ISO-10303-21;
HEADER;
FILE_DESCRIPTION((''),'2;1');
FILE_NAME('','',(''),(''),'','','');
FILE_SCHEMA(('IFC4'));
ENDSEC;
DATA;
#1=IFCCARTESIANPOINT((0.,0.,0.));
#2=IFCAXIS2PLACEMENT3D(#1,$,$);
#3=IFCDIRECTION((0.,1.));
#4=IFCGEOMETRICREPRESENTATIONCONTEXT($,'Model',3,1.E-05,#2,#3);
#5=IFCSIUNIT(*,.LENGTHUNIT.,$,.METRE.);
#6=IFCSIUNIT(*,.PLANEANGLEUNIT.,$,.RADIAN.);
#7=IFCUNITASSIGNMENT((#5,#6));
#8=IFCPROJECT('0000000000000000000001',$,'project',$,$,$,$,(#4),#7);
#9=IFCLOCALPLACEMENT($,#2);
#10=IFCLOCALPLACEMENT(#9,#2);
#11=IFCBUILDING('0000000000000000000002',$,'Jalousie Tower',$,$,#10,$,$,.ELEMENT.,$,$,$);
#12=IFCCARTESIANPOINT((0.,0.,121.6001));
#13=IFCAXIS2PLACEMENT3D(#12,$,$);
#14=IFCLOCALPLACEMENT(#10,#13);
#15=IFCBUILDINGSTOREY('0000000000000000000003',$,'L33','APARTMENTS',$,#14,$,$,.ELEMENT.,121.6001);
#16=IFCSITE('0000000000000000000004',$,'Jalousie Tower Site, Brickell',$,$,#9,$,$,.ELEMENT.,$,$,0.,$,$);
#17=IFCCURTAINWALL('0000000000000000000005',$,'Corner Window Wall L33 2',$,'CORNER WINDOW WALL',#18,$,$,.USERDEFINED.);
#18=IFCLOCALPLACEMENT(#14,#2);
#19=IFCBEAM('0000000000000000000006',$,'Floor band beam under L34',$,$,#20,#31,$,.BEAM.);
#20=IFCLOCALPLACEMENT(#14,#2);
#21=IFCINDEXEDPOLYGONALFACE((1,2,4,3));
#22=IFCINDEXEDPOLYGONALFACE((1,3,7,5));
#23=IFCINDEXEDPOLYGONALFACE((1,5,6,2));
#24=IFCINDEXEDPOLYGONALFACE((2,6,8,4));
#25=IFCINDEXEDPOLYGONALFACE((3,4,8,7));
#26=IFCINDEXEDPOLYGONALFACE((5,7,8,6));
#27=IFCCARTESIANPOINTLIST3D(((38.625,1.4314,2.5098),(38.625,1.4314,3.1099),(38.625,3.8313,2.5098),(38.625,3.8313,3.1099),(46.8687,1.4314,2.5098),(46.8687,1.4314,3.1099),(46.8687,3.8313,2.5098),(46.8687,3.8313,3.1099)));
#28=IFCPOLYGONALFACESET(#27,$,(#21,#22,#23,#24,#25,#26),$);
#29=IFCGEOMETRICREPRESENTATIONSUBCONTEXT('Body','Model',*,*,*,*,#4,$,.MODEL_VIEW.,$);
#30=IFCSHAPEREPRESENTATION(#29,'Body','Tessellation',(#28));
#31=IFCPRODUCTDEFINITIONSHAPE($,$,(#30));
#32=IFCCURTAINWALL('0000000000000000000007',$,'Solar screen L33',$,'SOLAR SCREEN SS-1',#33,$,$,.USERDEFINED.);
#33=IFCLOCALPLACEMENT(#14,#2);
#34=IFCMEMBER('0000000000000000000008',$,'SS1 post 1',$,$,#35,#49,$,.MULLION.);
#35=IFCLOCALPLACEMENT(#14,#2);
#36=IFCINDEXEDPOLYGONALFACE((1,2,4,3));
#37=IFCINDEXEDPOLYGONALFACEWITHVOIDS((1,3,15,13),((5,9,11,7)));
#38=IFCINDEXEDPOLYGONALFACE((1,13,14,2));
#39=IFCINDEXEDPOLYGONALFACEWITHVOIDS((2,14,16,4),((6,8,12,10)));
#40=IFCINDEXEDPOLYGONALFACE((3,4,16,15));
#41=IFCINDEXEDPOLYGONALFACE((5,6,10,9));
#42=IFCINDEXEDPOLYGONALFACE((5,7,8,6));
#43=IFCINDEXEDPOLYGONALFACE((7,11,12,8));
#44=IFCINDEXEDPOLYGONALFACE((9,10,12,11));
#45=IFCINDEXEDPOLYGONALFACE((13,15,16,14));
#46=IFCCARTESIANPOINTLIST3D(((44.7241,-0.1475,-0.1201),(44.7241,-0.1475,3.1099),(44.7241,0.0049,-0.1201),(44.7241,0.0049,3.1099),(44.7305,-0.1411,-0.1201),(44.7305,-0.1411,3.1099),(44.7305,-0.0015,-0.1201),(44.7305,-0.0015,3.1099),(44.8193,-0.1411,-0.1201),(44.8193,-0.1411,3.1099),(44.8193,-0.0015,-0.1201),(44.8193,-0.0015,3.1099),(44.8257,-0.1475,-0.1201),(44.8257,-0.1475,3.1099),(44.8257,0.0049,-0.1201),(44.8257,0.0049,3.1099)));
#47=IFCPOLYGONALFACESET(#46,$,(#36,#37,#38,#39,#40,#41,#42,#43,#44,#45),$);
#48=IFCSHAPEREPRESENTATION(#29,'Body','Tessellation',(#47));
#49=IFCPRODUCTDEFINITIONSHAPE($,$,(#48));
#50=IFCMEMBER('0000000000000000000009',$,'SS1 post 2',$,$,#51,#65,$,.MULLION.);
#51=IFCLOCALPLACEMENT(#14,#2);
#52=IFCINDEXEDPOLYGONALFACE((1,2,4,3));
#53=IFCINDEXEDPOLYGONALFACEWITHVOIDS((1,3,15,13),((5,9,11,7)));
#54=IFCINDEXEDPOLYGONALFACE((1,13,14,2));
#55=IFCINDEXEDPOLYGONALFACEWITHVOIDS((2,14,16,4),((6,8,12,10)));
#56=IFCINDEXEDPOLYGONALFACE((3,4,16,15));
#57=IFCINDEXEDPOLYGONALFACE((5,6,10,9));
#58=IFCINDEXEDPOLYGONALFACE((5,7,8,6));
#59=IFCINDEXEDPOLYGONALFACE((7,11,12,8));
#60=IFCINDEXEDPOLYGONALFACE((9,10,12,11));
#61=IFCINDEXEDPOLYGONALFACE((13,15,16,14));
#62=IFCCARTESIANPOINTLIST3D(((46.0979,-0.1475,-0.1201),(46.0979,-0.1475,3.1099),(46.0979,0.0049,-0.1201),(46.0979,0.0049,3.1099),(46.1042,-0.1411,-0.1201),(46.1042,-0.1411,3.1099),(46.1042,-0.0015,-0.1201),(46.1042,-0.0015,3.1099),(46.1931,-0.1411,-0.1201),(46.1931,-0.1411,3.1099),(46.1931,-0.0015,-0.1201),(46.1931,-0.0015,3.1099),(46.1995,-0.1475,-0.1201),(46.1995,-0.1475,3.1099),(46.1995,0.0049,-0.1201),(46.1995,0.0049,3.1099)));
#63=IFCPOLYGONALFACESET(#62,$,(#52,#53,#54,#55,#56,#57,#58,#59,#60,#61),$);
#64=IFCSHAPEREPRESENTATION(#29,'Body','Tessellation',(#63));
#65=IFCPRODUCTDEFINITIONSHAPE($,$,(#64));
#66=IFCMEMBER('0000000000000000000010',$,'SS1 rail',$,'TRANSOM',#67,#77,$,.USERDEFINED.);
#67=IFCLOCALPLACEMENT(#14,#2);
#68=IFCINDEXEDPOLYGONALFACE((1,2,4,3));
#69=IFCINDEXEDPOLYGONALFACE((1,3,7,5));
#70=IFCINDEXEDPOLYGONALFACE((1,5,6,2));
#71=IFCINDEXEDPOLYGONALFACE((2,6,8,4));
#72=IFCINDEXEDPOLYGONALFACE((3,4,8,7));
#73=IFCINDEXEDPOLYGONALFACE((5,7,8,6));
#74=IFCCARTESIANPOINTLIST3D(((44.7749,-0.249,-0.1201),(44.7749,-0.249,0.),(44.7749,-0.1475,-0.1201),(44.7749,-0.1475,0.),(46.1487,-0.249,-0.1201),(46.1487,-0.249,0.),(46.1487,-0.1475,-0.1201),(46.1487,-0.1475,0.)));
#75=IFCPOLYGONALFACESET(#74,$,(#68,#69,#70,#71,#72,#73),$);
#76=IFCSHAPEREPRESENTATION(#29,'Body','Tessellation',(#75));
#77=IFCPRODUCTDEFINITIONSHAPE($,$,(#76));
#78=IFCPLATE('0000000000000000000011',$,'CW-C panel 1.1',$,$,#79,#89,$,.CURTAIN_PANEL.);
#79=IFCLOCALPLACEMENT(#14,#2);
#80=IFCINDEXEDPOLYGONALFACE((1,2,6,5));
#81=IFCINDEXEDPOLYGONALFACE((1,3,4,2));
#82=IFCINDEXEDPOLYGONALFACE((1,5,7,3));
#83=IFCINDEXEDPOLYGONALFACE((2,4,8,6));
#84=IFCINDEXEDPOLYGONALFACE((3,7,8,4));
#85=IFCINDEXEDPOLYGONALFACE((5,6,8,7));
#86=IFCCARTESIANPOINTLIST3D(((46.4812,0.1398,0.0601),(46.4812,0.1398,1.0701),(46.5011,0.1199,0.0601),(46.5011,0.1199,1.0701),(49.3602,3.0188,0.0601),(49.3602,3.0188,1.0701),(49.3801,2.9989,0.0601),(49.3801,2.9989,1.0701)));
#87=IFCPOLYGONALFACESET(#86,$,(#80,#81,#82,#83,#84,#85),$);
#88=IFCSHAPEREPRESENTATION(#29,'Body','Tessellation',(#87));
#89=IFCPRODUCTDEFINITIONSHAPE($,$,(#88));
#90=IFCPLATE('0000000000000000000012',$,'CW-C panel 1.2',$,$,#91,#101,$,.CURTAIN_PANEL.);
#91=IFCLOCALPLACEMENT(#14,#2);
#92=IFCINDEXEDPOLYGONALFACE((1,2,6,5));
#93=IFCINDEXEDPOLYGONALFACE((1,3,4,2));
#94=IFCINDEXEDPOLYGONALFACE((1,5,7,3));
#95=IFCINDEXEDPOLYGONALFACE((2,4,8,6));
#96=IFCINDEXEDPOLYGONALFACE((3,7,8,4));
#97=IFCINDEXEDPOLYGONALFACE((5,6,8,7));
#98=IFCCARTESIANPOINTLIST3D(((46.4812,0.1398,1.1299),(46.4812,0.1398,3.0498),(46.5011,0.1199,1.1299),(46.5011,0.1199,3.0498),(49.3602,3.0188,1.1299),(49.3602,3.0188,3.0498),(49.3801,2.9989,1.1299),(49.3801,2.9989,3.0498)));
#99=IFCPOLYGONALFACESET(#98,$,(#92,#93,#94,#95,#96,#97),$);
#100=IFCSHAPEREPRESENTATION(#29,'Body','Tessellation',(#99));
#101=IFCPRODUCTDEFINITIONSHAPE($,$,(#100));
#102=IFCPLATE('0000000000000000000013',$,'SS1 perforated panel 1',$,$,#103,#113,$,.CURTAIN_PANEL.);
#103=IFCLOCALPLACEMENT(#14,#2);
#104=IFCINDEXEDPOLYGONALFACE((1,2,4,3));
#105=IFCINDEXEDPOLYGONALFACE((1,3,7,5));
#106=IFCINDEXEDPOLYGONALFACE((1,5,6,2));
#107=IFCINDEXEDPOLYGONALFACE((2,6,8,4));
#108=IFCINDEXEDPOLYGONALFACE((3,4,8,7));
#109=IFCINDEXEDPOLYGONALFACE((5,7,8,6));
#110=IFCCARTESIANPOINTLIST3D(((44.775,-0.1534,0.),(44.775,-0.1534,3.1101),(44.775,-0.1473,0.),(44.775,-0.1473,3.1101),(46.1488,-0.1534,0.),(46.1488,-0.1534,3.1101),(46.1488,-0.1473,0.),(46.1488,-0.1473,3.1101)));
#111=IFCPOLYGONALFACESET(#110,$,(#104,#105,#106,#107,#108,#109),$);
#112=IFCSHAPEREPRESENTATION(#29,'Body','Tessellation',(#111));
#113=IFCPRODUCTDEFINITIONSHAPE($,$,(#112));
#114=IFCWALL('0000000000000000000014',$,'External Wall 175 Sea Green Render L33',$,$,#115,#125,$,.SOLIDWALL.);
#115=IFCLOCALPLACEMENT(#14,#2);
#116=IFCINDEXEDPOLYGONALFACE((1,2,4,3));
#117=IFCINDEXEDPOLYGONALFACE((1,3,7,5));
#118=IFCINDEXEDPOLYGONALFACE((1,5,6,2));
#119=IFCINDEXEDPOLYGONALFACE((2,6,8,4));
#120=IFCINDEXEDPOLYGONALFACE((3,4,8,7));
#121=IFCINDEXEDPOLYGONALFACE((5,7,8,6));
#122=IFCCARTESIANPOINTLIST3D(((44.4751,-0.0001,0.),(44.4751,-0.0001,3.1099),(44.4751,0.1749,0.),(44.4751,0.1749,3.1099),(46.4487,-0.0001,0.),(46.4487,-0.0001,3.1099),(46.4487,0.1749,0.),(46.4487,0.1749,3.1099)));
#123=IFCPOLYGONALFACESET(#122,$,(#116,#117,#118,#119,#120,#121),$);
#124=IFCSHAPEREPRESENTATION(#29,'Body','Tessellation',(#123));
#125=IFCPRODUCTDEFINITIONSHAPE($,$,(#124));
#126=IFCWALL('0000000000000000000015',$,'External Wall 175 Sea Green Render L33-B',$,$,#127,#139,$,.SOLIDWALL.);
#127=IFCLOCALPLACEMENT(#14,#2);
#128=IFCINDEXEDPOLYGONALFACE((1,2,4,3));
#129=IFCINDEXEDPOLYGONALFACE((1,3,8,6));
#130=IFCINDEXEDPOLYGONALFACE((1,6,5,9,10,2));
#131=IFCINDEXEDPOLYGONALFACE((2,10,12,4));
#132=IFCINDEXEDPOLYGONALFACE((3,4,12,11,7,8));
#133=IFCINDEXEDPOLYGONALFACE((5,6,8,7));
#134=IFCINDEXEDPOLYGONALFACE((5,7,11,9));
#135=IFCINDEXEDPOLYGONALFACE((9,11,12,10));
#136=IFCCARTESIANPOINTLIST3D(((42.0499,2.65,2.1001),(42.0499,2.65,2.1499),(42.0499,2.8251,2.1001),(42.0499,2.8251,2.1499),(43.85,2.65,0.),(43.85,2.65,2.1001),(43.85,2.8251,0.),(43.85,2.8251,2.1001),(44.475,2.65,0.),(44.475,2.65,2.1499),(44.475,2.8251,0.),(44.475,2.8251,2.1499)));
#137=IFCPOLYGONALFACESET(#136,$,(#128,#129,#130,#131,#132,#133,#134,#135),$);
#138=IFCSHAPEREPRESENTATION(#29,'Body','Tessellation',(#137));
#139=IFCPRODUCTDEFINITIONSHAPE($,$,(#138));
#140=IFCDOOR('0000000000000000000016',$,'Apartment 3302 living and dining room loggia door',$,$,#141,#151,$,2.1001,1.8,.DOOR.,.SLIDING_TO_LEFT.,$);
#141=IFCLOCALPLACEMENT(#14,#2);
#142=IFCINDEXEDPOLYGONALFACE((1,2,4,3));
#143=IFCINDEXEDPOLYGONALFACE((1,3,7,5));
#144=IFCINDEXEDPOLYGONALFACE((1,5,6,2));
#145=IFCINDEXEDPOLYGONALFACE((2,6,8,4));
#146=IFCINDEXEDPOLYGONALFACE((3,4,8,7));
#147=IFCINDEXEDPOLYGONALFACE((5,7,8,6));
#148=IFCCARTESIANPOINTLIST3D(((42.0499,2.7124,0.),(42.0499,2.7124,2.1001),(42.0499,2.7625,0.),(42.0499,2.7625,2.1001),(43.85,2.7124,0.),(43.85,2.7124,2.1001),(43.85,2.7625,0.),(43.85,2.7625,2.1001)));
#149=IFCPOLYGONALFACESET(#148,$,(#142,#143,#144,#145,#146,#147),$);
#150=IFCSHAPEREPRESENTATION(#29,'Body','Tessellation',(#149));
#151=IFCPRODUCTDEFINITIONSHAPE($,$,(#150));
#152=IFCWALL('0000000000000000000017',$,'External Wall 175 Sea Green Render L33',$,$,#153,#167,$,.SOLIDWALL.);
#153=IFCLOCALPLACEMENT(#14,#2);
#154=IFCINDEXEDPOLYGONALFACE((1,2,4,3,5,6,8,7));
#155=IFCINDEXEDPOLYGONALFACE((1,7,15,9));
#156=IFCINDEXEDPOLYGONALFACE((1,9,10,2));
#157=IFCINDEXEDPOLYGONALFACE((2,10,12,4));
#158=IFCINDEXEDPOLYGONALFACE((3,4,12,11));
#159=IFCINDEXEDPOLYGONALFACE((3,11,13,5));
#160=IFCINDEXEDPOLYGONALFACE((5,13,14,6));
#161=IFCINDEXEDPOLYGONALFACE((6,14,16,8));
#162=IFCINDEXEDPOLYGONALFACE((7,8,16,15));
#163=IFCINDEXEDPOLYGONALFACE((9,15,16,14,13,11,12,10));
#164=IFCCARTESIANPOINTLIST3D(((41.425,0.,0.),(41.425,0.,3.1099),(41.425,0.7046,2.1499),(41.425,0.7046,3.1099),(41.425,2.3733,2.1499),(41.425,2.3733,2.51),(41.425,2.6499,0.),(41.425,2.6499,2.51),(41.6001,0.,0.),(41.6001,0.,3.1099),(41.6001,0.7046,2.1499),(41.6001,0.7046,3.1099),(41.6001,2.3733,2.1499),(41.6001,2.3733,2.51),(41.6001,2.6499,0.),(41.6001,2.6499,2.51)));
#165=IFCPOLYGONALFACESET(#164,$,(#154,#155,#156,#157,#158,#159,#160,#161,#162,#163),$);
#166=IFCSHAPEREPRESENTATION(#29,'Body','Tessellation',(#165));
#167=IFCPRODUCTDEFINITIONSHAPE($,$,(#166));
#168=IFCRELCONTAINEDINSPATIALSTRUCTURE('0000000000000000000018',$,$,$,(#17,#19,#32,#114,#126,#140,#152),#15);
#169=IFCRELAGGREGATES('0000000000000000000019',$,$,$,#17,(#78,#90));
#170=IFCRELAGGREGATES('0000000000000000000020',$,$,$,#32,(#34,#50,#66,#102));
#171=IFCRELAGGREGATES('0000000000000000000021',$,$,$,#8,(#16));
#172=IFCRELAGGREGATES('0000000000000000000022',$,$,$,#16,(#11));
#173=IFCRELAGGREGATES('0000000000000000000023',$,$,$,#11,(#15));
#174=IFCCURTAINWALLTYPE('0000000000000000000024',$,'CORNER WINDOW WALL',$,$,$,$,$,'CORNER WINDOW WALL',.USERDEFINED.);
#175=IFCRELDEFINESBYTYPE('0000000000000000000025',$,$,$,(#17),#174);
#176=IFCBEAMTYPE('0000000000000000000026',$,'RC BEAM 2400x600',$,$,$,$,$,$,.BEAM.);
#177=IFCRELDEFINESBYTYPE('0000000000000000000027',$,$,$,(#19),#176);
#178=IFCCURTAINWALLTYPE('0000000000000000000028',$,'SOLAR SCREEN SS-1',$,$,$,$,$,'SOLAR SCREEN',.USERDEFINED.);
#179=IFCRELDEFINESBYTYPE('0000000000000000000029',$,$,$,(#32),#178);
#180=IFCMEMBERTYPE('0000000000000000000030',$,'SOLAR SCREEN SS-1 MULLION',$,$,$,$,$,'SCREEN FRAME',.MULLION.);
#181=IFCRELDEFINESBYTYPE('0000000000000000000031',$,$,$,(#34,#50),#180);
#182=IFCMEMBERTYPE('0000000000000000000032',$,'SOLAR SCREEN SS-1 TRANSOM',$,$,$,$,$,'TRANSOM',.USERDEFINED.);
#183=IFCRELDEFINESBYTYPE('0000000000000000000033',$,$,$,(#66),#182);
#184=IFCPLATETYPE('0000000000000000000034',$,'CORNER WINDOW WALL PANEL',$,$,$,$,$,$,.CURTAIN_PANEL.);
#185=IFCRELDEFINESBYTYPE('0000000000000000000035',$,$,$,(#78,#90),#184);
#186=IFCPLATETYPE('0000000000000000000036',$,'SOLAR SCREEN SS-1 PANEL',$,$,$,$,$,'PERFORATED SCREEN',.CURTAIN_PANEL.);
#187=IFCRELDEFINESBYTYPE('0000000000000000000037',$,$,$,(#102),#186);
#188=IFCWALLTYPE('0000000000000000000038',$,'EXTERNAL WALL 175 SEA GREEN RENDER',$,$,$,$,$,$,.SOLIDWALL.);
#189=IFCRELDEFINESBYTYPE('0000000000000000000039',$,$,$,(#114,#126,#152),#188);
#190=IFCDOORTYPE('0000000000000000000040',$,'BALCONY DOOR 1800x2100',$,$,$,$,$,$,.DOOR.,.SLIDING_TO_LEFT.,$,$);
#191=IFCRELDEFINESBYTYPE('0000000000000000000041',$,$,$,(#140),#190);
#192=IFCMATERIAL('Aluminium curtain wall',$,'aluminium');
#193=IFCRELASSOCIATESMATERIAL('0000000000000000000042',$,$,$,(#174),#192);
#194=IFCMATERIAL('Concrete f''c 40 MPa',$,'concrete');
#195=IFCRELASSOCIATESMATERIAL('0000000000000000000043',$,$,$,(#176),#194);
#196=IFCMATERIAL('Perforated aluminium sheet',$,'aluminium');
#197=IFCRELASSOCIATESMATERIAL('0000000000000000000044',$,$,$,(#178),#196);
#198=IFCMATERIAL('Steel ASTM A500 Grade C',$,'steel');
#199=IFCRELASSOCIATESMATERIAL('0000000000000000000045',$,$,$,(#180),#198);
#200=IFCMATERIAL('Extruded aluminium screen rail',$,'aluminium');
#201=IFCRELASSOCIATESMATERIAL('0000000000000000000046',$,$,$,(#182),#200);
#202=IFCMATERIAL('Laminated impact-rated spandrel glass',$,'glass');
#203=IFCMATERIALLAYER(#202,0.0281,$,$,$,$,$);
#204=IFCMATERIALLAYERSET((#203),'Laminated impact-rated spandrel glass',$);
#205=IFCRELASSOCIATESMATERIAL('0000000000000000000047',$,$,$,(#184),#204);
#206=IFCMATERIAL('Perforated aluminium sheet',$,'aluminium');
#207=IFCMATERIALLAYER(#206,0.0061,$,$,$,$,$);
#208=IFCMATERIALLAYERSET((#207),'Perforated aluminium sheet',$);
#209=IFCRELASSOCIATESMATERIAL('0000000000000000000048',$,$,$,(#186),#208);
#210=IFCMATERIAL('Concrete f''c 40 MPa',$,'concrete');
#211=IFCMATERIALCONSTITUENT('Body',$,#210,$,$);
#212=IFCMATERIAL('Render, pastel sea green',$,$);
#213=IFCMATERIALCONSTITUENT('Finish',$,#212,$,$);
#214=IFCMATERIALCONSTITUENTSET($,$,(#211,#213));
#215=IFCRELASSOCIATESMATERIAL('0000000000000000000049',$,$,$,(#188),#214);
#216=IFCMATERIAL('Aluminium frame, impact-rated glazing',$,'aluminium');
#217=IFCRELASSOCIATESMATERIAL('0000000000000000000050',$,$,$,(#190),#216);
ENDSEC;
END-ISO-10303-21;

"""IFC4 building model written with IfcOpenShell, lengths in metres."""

from ifc_helpers import new_model, si_unit, direction, frame, frame_2d, origin, origin_2d, place, context, subcontext, project, spatial, polyline, rectangle, hollow_rectangle, outline, extrude, material, layer, layer_set, constituent, constituent_set, material_profile, profile_set, type_object, element, fill, aggregate, save


model = new_model("IFC4")

# Units and contexts
model_context = context("Model", 3, precision=1e-05, world=origin(), true_north=direction((0.0, 1.0)))
body_context = subcontext(model_context, "Body", "Model", "MODEL_VIEW")
ifc_project = project(units=[si_unit("LENGTHUNIT", "METRE"), si_unit("PLANEANGLEUNIT", "RADIAN")], contexts=[model_context])

# Site, building, storey
site_placement = place(None, origin())
site = spatial("IfcSite", under=ifc_project, at=site_placement, Name="Jalousie Tower Site, Brickell", CompositionType="ELEMENT", RefElevation=0.0)
building_placement = place(site_placement, origin())
building = spatial("IfcBuilding", under=site, at=building_placement, Name="Jalousie Tower", CompositionType="ELEMENT")
storey_placement = place(building_placement, frame((0.0, 0.0, 121.6001)))
storey = spatial("IfcBuildingStorey", under=building, at=storey_placement, Name="L33", Description="APARTMENTS", CompositionType="ELEMENT", Elevation=121.6001)

# Curtain wall
ifc_material_1 = material(Name="Aluminium curtain wall", Category="aluminium")
curtain_wall_type_1 = type_object("IfcCurtainWallType", Name="CORNER WINDOW WALL", ElementType="CORNER WINDOW WALL", PredefinedType="USERDEFINED", material=ifc_material_1)
curtain_wall_1_placement = place(storey_placement, origin())
curtain_wall_1 = element("IfcCurtainWall", 1, at=curtain_wall_1_placement, inside=storey, type_object=curtain_wall_type_1, Name="Corner Window Wall L33 2", ObjectType="CORNER WINDOW WALL", PredefinedType="USERDEFINED")

# Beam
ifc_material_2 = material(Name="Concrete f'c 40 MPa", Category="concrete")
ifc_material_profile_1 = material_profile(ifc_material_2, rectangle(XDim=2.3999, YDim=0.6001, at=origin_2d()), Name="RC 2400x600")
ifc_profile_set_1 = profile_set([ifc_material_profile_1], Name="Concrete f'c 40 MPa")
beam_type_1 = type_object("IfcBeamType", Name="RC BEAM 2400x600", PredefinedType="BEAM", material=ifc_profile_set_1)
beam_1_placement = place(storey_placement, frame((46.8687, 2.6313, 2.8098), z_axis=(-1.0, 0.0, 0.0), x_axis=(0.0, -1.0, 0.0)))
element("IfcBeam", 2, at=beam_1_placement, inside=storey, type_object=beam_type_1, Name="Floor band beam under L34", PredefinedType="BEAM", context=body_context, shape_type="SweptSolid", body=[
    extrude(rectangle(XDim=2.3999, YDim=0.6001, at=origin_2d()), origin(), (0.0, 0.0, 1.0), 8.2437),
])

# Curtain wall, members
ifc_material_3 = material(Name="Perforated aluminium sheet", Category="aluminium")
curtain_wall_type_2 = type_object("IfcCurtainWallType", Name="SOLAR SCREEN SS-1", ElementType="SOLAR SCREEN", PredefinedType="USERDEFINED", material=ifc_material_3)
curtain_wall_2_placement = place(storey_placement, origin())
curtain_wall_2 = element("IfcCurtainWall", 3, at=curtain_wall_2_placement, inside=storey, type_object=curtain_wall_type_2, Name="Solar screen L33", ObjectType="SOLAR SCREEN SS-1", PredefinedType="USERDEFINED")
ifc_material_4 = material(Name="Steel ASTM A500 Grade C", Category="steel")
ifc_material_profile_2 = material_profile(ifc_material_4, hollow_rectangle(XDim=0.1016, YDim=0.1523, WallThickness=0.0063, at=origin_2d()), Name="HSS6X4X1/4")
ifc_profile_set_2 = profile_set([ifc_material_profile_2], Name="Steel ASTM A500 Grade C")
member_type_1 = type_object("IfcMemberType", Name="SOLAR SCREEN SS-1 MULLION", ElementType="SCREEN FRAME", PredefinedType="MULLION", material=ifc_profile_set_2)
member_1_placement = place(storey_placement, frame((44.7749, -0.0713, -0.1201), z_axis=(0.0, 0.0, 1.0), x_axis=(1.0, 0.0, 0.0)))
member_1 = element("IfcMember", 4, at=member_1_placement, type_object=member_type_1, Name="SS1 post 1", PredefinedType="MULLION", context=body_context, shape_type="SweptSolid", body=[
    extrude(hollow_rectangle(XDim=0.1016, YDim=0.1523, WallThickness=0.0063, at=origin_2d()), origin(), (0.0, 0.0, 1.0), 3.23),
])
member_2_placement = place(storey_placement, frame((46.1487, -0.0713, -0.1201), z_axis=(0.0, 0.0, 1.0), x_axis=(1.0, 0.0, 0.0)))
member_2 = element("IfcMember", 5, at=member_2_placement, type_object=member_type_1, Name="SS1 post 2", PredefinedType="MULLION", context=body_context, shape_type="SweptSolid", body=[
    extrude(hollow_rectangle(XDim=0.1016, YDim=0.1523, WallThickness=0.0063, at=origin_2d()), origin(), (0.0, 0.0, 1.0), 3.23),
])
ifc_material_5 = material(Name="Extruded aluminium screen rail", Category="aluminium")
ifc_material_profile_3 = material_profile(ifc_material_5, rectangle(XDim=0.1016, YDim=0.1201, at=origin_2d()), Name="RAIL 102x120")
ifc_profile_set_3 = profile_set([ifc_material_profile_3], Name="Extruded aluminium screen rail")
member_type_2 = type_object("IfcMemberType", Name="SOLAR SCREEN SS-1 TRANSOM", ElementType="TRANSOM", PredefinedType="USERDEFINED", material=ifc_profile_set_3)
member_3_placement = place(storey_placement, frame((44.7749, -0.1982, -0.0601), z_axis=(1.0, 0.0, 0.0), x_axis=(0.0, 1.0, 0.0)))
member_3 = element("IfcMember", 6, at=member_3_placement, type_object=member_type_2, Name="SS1 rail", ObjectType="TRANSOM", PredefinedType="USERDEFINED", context=body_context, shape_type="SweptSolid", body=[
    extrude(rectangle(XDim=0.1016, YDim=0.1201, at=origin_2d()), origin(), (0.0, 0.0, 1.0), 1.3738),
])

# Plates
ifc_material_6 = material(Name="Laminated impact-rated spandrel glass", Category="glass")
ifc_layer_1 = layer(ifc_material_6, 0.0281)
ifc_layer_set_1 = layer_set([ifc_layer_1], Name="Laminated impact-rated spandrel glass")
plate_type_1 = type_object("IfcPlateType", Name="CORNER WINDOW WALL PANEL", PredefinedType="CURTAIN_PANEL", material=ifc_layer_set_1)
plate_1_placement = place(storey_placement, frame((47.9307, 1.5693, 0.0601), z_axis=(0.0, 0.0, 1.0), x_axis=(0.707107, 0.707107, 0.0)))
plate_1 = element("IfcPlate", 7, at=plate_1_placement, type_object=plate_type_1, Name="CW-C panel 1.1", PredefinedType="CURTAIN_PANEL", context=body_context, shape_type="SweptSolid", body=[
    extrude(rectangle(XDim=4.0715, YDim=0.0281, at=origin_2d()), origin(), (0.0, 0.0, 1.0), 1.01),
])
plate_2_placement = place(storey_placement, frame((47.9307, 1.5693, 1.1299), z_axis=(0.0, 0.0, 1.0), x_axis=(0.707107, 0.707107, 0.0)))
plate_2 = element("IfcPlate", 8, at=plate_2_placement, type_object=plate_type_1, Name="CW-C panel 1.2", PredefinedType="CURTAIN_PANEL", context=body_context, shape_type="SweptSolid", body=[
    extrude(rectangle(XDim=4.0715, YDim=0.0281, at=origin_2d()), origin(), (0.0, 0.0, 1.0), 1.9199),
])
aggregate(curtain_wall_1, [plate_1, plate_2])
ifc_material_7 = material(Name="Perforated aluminium sheet", Category="aluminium")
ifc_layer_2 = layer(ifc_material_7, 0.0061)
ifc_layer_set_2 = layer_set([ifc_layer_2], Name="Perforated aluminium sheet")
plate_type_2 = type_object("IfcPlateType", Name="SOLAR SCREEN SS-1 PANEL", ElementType="PERFORATED SCREEN", PredefinedType="CURTAIN_PANEL", material=ifc_layer_set_2)
plate_3_placement = place(storey_placement, frame((45.4619, -0.1504, 0.0), z_axis=(0.0, 0.0, 1.0), x_axis=(1.0, 0.0, 0.0)))
plate_3 = element("IfcPlate", 9, at=plate_3_placement, type_object=plate_type_2, Name="SS1 perforated panel 1", PredefinedType="CURTAIN_PANEL", context=body_context, shape_type="SweptSolid", body=[
    extrude(rectangle(XDim=1.3738, YDim=0.0061, at=origin_2d()), origin(), (0.0, 0.0, 1.0), 3.1101),
])
aggregate(curtain_wall_2, [member_1, member_2, member_3, plate_3])

# Wall
ifc_material_8 = material(Name="Concrete f'c 40 MPa", Category="concrete")
ifc_constituent_1 = constituent(ifc_material_8, Name="Body")
ifc_material_9 = material(Name="Render, pastel sea green")
ifc_constituent_2 = constituent(ifc_material_9, Name="Finish")
ifc_constituent_set = constituent_set(constituents=[ifc_constituent_1, ifc_constituent_2])
wall_type = type_object("IfcWallType", Name="EXTERNAL WALL 175 SEA GREEN RENDER", PredefinedType="SOLIDWALL", material=ifc_constituent_set)
wall_1_placement = place(storey_placement, frame((44.4751, 0.0874, 0.0), z_axis=(0.0, 0.0, 1.0), x_axis=(1.0, 0.0, 0.0)))
element("IfcWall", 10, at=wall_1_placement, inside=storey, type_object=wall_type, Name="External Wall 175 Sea Green Render L33", PredefinedType="SOLIDWALL", context=body_context, shape_type="SweptSolid", body=[
    extrude(rectangle(XDim=1.9736, YDim=0.175, at=frame_2d((0.9868, 0.0))), origin(), (0.0, 0.0, 1.0), 3.1099),
])

# Wall, opening, door
wall_2_placement = place(storey_placement, frame((42.05, 2.7375, 0.0), z_axis=(0.0, 0.0, 1.0), x_axis=(1.0, 0.0, 0.0)))
wall_2 = element("IfcWall", 11, at=wall_2_placement, inside=storey, type_object=wall_type, Name="External Wall 175 Sea Green Render L33-B", PredefinedType="SOLIDWALL", context=body_context, shape_type="SweptSolid", body=[
    extrude(rectangle(XDim=2.425, YDim=0.175, at=frame_2d((1.2124, 0.0))), origin(), (0.0, 0.0, 1.0), 2.1499),
])
opening_placement = place(wall_2_placement, origin())
opening = element("IfcOpeningElement", 12, at=opening_placement, cuts=wall_2, PredefinedType="OPENING", context=body_context, shape_type="SweptSolid", body=[
    extrude(rectangle(XDim=1.8, YDim=2.1001, at=frame_2d((0.8999, 1.05))), frame((0.0, 0.0974, 0.0), z_axis=(0.0, -1.0, 0.0), x_axis=(1.0, 0.0, 0.0)), (0.0, 0.0, 1.0), 0.1951),
])
ifc_material_10 = material(Name="Aluminium frame, impact-rated glazing", Category="aluminium")
door_type = type_object("IfcDoorType", Name="BALCONY DOOR 1800x2100", OperationType="SLIDING_TO_LEFT", PredefinedType="DOOR", material=ifc_material_10)
door_placement = place(opening_placement, origin())
door = element("IfcDoor", 13, at=door_placement, inside=storey, type_object=door_type, Name="Apartment 3302 living and dining room loggia door", OperationType="SLIDING_TO_LEFT", OverallHeight=2.1001, OverallWidth=1.8, PredefinedType="DOOR", context=body_context, shape_type="SweptSolid", body=[
    extrude(rectangle(XDim=1.8, YDim=2.1001, at=frame_2d((0.8999, 1.05))), frame((0.0, 0.0249, 0.0), z_axis=(0.0, -1.0, 0.0), x_axis=(1.0, 0.0, 0.0)), (0.0, 0.0, 1.0), 0.05),
])
fill(opening, door)

# Wall
wall_3_placement = place(storey_placement, frame((41.5125, 0.0, 0.0), z_axis=(0.0, 0.0, 1.0), x_axis=(0.0, 1.0, 0.0)))
element("IfcWall", 14, at=wall_3_placement, inside=storey, type_object=wall_type, Name="External Wall 175 Sea Green Render L33", PredefinedType="SOLIDWALL", context=body_context, shape_type="SweptSolid", body=[
    extrude(outline(polyline([(0.0, 0.0), (2.6499, 0.0), (2.6499, 2.51), (2.3733, 2.51), (2.3733, 2.1499), (0.7046, 2.1499), (0.7046, 3.1099), (0.0, 3.1099), (0.0, 0.0)])), frame((0.0, 0.0874, 0.0), z_axis=(0.0, -1.0, 0.0), x_axis=(1.0, 0.0, 0.0)), (0.0, 0.0, 1.0), 0.175),
])

save(model, "model.ifc")
